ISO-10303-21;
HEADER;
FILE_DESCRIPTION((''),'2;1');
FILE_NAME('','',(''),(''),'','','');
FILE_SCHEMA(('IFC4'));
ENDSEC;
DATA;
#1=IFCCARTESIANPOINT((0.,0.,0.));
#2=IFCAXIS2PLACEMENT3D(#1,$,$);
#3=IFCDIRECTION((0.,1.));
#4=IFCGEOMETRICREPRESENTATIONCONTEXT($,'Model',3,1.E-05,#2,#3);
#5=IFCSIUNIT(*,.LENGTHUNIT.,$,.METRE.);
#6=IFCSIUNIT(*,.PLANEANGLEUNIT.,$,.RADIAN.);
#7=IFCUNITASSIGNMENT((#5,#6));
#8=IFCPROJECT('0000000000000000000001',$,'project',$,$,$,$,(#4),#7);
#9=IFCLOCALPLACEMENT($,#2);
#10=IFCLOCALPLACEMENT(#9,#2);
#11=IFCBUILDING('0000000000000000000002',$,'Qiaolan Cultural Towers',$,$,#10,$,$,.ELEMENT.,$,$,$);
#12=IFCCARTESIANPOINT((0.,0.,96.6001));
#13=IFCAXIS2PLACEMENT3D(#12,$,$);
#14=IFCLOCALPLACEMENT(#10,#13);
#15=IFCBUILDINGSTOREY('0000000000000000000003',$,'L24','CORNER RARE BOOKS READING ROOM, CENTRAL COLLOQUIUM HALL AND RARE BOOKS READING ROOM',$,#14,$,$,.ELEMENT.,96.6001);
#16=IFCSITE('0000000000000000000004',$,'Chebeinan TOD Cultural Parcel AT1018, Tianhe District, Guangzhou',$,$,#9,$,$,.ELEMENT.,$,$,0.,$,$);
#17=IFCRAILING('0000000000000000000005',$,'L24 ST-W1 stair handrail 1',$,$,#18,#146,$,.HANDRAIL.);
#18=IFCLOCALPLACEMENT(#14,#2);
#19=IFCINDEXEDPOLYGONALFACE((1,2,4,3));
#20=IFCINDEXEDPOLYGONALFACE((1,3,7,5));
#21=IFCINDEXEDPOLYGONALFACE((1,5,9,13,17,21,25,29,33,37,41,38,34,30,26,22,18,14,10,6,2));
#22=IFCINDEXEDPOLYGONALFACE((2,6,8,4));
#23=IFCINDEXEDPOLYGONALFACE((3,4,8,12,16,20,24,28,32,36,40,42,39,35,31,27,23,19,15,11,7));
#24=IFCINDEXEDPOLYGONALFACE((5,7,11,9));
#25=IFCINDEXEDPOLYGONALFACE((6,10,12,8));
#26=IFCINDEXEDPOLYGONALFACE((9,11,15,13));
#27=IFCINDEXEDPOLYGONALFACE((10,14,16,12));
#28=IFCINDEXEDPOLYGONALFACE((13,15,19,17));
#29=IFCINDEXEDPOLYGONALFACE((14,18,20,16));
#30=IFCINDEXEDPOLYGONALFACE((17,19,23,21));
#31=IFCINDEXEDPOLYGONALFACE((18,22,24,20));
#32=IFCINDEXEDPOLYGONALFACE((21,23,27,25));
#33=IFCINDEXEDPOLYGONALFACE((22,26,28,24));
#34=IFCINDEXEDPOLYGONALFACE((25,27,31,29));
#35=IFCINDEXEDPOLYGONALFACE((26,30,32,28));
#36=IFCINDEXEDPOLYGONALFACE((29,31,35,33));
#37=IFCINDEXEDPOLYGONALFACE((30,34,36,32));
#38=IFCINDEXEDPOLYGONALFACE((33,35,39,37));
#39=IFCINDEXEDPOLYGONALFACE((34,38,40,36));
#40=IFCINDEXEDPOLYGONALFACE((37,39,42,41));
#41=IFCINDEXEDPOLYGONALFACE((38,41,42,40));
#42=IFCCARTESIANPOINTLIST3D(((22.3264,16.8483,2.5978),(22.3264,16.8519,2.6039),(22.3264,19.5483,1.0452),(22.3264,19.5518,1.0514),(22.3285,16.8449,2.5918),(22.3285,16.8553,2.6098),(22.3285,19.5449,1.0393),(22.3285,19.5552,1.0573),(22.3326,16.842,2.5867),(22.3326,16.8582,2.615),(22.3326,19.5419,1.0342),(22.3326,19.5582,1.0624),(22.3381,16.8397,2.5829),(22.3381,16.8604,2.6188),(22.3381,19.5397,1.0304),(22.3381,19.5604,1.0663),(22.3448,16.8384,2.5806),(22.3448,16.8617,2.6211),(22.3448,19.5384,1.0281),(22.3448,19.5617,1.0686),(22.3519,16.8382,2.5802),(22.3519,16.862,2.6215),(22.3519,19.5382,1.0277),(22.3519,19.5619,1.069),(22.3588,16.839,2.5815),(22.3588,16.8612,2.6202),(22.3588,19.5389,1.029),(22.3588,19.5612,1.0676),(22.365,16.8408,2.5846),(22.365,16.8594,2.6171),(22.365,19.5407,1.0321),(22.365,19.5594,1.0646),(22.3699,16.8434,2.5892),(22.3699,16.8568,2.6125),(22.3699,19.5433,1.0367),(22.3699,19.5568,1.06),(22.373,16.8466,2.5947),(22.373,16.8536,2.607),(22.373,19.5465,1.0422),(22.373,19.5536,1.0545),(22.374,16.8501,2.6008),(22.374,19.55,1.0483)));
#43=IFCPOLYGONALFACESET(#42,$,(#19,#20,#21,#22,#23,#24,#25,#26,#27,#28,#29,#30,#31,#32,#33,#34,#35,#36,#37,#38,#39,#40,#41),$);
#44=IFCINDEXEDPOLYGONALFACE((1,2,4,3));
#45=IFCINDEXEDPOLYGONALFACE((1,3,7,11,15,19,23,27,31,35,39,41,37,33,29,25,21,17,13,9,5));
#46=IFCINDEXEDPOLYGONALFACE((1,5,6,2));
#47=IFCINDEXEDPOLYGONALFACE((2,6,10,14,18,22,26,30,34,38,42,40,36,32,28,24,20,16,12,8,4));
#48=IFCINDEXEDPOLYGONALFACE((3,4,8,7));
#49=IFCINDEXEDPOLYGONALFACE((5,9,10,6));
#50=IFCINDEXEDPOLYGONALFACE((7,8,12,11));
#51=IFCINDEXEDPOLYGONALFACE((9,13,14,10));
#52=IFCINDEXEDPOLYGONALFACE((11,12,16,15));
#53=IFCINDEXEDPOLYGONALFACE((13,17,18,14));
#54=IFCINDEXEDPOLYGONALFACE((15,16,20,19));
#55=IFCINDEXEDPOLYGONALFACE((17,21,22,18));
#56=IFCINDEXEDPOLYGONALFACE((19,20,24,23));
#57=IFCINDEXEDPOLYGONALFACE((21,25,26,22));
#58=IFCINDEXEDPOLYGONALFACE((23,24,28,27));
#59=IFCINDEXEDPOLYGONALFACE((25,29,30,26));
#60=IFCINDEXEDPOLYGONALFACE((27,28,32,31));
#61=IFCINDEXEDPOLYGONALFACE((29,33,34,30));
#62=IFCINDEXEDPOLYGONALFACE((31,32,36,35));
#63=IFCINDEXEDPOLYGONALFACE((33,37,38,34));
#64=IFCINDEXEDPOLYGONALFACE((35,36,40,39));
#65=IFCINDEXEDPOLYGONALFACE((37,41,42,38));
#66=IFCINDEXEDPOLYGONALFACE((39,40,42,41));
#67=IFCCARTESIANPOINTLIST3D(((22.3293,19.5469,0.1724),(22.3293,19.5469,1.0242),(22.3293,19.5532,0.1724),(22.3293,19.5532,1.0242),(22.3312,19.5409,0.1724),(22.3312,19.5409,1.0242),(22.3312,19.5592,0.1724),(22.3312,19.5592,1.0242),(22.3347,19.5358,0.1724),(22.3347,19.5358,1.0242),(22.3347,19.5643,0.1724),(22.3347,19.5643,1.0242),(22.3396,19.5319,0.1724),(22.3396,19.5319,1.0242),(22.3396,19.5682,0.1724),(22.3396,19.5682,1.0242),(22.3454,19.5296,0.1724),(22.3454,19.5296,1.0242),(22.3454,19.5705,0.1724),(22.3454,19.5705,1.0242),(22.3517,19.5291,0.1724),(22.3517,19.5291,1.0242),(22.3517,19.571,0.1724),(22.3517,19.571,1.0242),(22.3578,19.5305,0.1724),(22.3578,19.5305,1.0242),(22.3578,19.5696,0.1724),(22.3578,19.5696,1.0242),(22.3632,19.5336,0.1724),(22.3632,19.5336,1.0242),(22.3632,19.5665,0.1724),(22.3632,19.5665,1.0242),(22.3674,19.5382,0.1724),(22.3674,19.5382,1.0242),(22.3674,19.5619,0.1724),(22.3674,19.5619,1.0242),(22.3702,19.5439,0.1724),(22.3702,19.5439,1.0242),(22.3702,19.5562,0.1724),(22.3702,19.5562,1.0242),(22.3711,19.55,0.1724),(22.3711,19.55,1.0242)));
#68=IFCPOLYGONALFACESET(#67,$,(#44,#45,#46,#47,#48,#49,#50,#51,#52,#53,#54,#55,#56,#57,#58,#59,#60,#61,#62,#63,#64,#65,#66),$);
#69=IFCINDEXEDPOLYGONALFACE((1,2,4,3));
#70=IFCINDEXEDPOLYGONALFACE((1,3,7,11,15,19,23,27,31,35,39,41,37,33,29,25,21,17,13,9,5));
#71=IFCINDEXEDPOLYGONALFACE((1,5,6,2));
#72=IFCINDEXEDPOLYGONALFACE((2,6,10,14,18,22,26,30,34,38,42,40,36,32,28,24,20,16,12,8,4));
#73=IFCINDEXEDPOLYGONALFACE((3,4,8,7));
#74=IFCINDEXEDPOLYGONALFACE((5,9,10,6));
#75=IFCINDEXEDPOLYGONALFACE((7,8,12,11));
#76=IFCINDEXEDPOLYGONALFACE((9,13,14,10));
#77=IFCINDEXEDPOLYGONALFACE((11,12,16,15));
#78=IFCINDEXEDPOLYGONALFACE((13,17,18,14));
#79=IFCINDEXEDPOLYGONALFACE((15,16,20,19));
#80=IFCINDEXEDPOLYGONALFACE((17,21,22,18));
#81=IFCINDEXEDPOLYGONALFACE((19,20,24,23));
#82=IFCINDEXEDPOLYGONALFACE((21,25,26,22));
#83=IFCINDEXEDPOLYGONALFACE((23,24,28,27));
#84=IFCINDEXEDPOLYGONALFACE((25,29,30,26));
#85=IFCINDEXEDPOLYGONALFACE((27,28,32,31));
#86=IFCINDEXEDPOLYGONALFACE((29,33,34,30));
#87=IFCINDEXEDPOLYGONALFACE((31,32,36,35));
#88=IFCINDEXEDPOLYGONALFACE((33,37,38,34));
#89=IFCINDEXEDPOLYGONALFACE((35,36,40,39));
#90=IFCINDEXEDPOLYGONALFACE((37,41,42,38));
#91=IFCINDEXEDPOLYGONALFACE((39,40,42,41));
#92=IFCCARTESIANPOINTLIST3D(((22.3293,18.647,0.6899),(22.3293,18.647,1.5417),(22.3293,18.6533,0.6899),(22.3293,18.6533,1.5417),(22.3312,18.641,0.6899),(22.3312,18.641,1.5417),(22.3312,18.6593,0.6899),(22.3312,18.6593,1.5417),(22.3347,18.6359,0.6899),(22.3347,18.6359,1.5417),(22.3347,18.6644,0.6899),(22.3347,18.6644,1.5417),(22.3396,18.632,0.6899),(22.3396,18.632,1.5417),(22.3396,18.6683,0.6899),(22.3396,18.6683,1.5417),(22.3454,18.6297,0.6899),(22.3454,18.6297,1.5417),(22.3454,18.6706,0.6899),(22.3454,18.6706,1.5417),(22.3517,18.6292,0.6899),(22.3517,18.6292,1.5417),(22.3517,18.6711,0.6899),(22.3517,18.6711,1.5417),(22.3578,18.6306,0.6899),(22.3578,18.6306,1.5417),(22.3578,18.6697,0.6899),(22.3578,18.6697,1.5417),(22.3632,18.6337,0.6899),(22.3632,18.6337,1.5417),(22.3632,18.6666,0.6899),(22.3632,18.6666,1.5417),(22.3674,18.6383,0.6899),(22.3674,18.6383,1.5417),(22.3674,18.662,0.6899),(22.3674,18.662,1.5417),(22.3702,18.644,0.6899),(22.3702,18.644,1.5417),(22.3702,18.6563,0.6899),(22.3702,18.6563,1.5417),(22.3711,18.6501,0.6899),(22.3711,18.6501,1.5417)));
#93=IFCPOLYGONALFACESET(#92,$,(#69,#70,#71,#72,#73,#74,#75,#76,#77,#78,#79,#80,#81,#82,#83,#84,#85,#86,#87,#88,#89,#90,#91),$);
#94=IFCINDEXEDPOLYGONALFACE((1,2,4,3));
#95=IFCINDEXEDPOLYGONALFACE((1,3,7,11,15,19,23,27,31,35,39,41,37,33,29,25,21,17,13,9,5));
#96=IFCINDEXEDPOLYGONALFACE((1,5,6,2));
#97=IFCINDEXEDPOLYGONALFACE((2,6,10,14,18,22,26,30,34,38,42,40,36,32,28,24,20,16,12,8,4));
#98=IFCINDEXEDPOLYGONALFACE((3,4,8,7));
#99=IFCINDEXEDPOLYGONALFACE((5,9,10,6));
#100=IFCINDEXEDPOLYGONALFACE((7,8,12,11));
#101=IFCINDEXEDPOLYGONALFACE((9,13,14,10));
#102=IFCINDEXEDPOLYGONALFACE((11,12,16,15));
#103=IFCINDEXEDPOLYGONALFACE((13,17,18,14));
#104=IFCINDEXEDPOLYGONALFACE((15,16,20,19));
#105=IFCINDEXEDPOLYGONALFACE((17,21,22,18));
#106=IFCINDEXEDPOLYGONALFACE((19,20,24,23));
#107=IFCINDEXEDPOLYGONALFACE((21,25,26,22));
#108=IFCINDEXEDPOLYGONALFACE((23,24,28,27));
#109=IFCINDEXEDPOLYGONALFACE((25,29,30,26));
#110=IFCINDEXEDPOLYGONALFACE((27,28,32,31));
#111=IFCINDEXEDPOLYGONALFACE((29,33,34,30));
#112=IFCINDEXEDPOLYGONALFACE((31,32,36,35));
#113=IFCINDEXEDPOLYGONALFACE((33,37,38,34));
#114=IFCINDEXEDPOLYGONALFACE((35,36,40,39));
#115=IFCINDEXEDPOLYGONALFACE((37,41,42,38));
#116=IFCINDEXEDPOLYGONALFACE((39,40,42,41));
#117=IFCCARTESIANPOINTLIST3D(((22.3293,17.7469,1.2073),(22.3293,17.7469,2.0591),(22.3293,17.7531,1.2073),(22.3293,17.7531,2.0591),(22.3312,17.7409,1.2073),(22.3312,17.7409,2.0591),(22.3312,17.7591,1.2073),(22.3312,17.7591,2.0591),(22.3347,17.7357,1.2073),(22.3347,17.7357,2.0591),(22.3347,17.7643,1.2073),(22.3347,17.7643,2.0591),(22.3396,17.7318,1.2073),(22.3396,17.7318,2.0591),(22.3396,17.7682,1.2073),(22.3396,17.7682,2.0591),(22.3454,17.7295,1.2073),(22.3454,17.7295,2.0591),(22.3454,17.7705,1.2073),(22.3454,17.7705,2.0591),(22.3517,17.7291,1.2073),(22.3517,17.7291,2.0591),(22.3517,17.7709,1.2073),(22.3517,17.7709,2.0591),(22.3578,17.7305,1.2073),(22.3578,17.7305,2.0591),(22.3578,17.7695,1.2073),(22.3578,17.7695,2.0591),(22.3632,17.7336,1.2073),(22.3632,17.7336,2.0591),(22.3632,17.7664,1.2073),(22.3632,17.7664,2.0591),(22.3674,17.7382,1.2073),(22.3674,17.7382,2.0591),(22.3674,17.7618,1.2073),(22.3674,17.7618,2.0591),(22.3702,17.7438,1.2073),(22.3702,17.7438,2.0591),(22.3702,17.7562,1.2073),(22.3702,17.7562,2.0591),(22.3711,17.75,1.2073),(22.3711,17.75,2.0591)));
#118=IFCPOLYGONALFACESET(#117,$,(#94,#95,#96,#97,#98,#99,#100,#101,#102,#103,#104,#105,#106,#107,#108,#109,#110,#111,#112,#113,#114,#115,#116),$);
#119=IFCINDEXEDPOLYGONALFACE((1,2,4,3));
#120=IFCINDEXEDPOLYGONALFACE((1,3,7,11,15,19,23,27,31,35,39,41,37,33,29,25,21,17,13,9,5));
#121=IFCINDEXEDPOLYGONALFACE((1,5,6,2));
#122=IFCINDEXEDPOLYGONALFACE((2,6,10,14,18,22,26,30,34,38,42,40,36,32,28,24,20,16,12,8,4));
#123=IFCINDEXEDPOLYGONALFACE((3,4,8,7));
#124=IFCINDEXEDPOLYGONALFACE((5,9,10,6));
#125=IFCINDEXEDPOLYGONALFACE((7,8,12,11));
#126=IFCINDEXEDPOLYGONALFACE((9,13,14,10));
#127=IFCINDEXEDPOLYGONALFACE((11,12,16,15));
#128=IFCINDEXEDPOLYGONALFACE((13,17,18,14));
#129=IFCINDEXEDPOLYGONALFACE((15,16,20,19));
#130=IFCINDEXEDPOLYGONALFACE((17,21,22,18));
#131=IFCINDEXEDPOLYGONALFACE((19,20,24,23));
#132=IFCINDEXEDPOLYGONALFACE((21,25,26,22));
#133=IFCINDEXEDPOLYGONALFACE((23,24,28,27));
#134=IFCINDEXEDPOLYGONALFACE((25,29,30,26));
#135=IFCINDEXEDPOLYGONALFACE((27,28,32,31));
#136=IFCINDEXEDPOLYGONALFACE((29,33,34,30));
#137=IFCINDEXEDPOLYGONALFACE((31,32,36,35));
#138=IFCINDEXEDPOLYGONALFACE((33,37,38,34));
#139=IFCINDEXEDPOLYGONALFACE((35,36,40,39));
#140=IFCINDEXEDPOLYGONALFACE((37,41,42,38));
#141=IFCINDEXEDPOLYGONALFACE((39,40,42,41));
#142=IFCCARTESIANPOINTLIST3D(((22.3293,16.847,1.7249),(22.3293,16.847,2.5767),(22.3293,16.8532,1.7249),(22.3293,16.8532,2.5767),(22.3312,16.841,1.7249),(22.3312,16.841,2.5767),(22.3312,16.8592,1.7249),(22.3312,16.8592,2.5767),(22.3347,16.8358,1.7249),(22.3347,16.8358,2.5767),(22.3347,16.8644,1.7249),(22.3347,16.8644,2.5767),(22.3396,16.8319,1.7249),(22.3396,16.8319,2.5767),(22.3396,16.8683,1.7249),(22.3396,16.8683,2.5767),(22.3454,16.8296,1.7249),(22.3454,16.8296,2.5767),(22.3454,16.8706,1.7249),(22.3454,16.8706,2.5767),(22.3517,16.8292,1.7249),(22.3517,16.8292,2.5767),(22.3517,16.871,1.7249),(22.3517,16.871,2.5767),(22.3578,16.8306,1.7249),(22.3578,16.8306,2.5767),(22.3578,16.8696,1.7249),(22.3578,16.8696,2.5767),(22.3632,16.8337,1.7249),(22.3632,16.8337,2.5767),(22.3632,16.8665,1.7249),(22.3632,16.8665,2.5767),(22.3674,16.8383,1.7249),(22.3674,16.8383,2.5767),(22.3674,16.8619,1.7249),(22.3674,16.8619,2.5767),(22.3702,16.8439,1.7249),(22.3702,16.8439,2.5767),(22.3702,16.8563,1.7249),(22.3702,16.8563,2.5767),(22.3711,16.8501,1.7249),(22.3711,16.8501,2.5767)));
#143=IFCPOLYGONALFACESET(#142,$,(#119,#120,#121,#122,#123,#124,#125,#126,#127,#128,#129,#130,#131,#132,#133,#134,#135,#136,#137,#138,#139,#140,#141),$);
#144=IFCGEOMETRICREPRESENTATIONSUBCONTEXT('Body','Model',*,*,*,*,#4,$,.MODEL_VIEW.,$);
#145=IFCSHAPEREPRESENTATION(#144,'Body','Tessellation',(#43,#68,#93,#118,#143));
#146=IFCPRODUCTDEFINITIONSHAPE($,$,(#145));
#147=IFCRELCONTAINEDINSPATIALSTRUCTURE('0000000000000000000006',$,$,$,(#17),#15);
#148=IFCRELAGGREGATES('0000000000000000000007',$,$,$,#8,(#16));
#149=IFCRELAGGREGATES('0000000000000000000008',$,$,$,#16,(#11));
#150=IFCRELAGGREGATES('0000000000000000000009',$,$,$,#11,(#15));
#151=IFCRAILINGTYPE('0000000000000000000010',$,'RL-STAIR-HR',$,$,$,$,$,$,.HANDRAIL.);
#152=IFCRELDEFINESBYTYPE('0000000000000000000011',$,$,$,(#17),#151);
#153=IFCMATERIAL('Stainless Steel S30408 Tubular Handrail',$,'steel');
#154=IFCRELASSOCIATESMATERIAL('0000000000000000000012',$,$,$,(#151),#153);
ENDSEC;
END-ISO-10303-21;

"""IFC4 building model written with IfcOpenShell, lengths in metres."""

from ifc_helpers import new_model, si_unit, direction, frame, origin, origin_2d, place, context, subcontext, project, spatial, circle, extrude, material, type_object, element, save


model = new_model("IFC4")

# Units and contexts
model_context = context("Model", 3, precision=1e-05, world=origin(), true_north=direction((0.0, 1.0)))
body_context = subcontext(model_context, "Body", "Model", "MODEL_VIEW")
ifc_project = project(units=[si_unit("LENGTHUNIT", "METRE"), si_unit("PLANEANGLEUNIT", "RADIAN")], contexts=[model_context])

# Site, building, storey
site_placement = place(None, origin())
site = spatial("IfcSite", under=ifc_project, at=site_placement, Name="Chebeinan TOD Cultural Parcel AT1018, Tianhe District, Guangzhou", CompositionType="ELEMENT", RefElevation=0.0)
building_placement = place(site_placement, origin())
building = spatial("IfcBuilding", under=site, at=building_placement, Name="Qiaolan Cultural Towers", CompositionType="ELEMENT")
storey_placement = place(building_placement, frame((0.0, 0.0, 96.6001)))
storey = spatial("IfcBuildingStorey", under=building, at=storey_placement, Name="L24", Description="CORNER RARE BOOKS READING ROOM, CENTRAL COLLOQUIUM HALL AND RARE BOOKS READING ROOM", CompositionType="ELEMENT", Elevation=96.6001)

# Railing
ifc_material_1 = material(Name="Stainless Steel S30408 Tubular Handrail", Category="steel")
railing_type_1 = type_object("IfcRailingType", Name="RL-STAIR-HR", PredefinedType="HANDRAIL", material=ifc_material_1)
railing_1_placement = place(storey_placement, frame((22.3501, 19.55, 0.1724)))
element("IfcRailing", 1, at=railing_1_placement, inside=storey, type_object=railing_type_1, Name="L24 ST-W1 stair handrail 1", PredefinedType="HANDRAIL", context=body_context, shape_type="SweptSolid", body=[
    extrude(circle(Radius=0.0239, at=origin_2d()), frame((0.0, 0.0, 0.876), z_axis=(0.0, -0.866904, 0.498476), x_axis=(1.0, 0.0, 0.0)), (0.0, 0.0, 1.0), 3.1145),
    extrude(circle(Radius=0.021, at=origin_2d()), origin(), (0.0, 0.0, 1.0), 0.8518),
    extrude(circle(Radius=0.021, at=origin_2d()), frame((0.0, -0.8999, 0.5176)), (0.0, 0.0, 1.0), 0.8518),
    extrude(circle(Radius=0.021, at=origin_2d()), frame((0.0, -1.8, 1.0349)), (0.0, 0.0, 1.0), 0.8518),
    extrude(circle(Radius=0.021, at=origin_2d()), frame((0.0, -2.7, 1.5525)), (0.0, 0.0, 1.0), 0.8518),
])

save(model, "model.ifc")
